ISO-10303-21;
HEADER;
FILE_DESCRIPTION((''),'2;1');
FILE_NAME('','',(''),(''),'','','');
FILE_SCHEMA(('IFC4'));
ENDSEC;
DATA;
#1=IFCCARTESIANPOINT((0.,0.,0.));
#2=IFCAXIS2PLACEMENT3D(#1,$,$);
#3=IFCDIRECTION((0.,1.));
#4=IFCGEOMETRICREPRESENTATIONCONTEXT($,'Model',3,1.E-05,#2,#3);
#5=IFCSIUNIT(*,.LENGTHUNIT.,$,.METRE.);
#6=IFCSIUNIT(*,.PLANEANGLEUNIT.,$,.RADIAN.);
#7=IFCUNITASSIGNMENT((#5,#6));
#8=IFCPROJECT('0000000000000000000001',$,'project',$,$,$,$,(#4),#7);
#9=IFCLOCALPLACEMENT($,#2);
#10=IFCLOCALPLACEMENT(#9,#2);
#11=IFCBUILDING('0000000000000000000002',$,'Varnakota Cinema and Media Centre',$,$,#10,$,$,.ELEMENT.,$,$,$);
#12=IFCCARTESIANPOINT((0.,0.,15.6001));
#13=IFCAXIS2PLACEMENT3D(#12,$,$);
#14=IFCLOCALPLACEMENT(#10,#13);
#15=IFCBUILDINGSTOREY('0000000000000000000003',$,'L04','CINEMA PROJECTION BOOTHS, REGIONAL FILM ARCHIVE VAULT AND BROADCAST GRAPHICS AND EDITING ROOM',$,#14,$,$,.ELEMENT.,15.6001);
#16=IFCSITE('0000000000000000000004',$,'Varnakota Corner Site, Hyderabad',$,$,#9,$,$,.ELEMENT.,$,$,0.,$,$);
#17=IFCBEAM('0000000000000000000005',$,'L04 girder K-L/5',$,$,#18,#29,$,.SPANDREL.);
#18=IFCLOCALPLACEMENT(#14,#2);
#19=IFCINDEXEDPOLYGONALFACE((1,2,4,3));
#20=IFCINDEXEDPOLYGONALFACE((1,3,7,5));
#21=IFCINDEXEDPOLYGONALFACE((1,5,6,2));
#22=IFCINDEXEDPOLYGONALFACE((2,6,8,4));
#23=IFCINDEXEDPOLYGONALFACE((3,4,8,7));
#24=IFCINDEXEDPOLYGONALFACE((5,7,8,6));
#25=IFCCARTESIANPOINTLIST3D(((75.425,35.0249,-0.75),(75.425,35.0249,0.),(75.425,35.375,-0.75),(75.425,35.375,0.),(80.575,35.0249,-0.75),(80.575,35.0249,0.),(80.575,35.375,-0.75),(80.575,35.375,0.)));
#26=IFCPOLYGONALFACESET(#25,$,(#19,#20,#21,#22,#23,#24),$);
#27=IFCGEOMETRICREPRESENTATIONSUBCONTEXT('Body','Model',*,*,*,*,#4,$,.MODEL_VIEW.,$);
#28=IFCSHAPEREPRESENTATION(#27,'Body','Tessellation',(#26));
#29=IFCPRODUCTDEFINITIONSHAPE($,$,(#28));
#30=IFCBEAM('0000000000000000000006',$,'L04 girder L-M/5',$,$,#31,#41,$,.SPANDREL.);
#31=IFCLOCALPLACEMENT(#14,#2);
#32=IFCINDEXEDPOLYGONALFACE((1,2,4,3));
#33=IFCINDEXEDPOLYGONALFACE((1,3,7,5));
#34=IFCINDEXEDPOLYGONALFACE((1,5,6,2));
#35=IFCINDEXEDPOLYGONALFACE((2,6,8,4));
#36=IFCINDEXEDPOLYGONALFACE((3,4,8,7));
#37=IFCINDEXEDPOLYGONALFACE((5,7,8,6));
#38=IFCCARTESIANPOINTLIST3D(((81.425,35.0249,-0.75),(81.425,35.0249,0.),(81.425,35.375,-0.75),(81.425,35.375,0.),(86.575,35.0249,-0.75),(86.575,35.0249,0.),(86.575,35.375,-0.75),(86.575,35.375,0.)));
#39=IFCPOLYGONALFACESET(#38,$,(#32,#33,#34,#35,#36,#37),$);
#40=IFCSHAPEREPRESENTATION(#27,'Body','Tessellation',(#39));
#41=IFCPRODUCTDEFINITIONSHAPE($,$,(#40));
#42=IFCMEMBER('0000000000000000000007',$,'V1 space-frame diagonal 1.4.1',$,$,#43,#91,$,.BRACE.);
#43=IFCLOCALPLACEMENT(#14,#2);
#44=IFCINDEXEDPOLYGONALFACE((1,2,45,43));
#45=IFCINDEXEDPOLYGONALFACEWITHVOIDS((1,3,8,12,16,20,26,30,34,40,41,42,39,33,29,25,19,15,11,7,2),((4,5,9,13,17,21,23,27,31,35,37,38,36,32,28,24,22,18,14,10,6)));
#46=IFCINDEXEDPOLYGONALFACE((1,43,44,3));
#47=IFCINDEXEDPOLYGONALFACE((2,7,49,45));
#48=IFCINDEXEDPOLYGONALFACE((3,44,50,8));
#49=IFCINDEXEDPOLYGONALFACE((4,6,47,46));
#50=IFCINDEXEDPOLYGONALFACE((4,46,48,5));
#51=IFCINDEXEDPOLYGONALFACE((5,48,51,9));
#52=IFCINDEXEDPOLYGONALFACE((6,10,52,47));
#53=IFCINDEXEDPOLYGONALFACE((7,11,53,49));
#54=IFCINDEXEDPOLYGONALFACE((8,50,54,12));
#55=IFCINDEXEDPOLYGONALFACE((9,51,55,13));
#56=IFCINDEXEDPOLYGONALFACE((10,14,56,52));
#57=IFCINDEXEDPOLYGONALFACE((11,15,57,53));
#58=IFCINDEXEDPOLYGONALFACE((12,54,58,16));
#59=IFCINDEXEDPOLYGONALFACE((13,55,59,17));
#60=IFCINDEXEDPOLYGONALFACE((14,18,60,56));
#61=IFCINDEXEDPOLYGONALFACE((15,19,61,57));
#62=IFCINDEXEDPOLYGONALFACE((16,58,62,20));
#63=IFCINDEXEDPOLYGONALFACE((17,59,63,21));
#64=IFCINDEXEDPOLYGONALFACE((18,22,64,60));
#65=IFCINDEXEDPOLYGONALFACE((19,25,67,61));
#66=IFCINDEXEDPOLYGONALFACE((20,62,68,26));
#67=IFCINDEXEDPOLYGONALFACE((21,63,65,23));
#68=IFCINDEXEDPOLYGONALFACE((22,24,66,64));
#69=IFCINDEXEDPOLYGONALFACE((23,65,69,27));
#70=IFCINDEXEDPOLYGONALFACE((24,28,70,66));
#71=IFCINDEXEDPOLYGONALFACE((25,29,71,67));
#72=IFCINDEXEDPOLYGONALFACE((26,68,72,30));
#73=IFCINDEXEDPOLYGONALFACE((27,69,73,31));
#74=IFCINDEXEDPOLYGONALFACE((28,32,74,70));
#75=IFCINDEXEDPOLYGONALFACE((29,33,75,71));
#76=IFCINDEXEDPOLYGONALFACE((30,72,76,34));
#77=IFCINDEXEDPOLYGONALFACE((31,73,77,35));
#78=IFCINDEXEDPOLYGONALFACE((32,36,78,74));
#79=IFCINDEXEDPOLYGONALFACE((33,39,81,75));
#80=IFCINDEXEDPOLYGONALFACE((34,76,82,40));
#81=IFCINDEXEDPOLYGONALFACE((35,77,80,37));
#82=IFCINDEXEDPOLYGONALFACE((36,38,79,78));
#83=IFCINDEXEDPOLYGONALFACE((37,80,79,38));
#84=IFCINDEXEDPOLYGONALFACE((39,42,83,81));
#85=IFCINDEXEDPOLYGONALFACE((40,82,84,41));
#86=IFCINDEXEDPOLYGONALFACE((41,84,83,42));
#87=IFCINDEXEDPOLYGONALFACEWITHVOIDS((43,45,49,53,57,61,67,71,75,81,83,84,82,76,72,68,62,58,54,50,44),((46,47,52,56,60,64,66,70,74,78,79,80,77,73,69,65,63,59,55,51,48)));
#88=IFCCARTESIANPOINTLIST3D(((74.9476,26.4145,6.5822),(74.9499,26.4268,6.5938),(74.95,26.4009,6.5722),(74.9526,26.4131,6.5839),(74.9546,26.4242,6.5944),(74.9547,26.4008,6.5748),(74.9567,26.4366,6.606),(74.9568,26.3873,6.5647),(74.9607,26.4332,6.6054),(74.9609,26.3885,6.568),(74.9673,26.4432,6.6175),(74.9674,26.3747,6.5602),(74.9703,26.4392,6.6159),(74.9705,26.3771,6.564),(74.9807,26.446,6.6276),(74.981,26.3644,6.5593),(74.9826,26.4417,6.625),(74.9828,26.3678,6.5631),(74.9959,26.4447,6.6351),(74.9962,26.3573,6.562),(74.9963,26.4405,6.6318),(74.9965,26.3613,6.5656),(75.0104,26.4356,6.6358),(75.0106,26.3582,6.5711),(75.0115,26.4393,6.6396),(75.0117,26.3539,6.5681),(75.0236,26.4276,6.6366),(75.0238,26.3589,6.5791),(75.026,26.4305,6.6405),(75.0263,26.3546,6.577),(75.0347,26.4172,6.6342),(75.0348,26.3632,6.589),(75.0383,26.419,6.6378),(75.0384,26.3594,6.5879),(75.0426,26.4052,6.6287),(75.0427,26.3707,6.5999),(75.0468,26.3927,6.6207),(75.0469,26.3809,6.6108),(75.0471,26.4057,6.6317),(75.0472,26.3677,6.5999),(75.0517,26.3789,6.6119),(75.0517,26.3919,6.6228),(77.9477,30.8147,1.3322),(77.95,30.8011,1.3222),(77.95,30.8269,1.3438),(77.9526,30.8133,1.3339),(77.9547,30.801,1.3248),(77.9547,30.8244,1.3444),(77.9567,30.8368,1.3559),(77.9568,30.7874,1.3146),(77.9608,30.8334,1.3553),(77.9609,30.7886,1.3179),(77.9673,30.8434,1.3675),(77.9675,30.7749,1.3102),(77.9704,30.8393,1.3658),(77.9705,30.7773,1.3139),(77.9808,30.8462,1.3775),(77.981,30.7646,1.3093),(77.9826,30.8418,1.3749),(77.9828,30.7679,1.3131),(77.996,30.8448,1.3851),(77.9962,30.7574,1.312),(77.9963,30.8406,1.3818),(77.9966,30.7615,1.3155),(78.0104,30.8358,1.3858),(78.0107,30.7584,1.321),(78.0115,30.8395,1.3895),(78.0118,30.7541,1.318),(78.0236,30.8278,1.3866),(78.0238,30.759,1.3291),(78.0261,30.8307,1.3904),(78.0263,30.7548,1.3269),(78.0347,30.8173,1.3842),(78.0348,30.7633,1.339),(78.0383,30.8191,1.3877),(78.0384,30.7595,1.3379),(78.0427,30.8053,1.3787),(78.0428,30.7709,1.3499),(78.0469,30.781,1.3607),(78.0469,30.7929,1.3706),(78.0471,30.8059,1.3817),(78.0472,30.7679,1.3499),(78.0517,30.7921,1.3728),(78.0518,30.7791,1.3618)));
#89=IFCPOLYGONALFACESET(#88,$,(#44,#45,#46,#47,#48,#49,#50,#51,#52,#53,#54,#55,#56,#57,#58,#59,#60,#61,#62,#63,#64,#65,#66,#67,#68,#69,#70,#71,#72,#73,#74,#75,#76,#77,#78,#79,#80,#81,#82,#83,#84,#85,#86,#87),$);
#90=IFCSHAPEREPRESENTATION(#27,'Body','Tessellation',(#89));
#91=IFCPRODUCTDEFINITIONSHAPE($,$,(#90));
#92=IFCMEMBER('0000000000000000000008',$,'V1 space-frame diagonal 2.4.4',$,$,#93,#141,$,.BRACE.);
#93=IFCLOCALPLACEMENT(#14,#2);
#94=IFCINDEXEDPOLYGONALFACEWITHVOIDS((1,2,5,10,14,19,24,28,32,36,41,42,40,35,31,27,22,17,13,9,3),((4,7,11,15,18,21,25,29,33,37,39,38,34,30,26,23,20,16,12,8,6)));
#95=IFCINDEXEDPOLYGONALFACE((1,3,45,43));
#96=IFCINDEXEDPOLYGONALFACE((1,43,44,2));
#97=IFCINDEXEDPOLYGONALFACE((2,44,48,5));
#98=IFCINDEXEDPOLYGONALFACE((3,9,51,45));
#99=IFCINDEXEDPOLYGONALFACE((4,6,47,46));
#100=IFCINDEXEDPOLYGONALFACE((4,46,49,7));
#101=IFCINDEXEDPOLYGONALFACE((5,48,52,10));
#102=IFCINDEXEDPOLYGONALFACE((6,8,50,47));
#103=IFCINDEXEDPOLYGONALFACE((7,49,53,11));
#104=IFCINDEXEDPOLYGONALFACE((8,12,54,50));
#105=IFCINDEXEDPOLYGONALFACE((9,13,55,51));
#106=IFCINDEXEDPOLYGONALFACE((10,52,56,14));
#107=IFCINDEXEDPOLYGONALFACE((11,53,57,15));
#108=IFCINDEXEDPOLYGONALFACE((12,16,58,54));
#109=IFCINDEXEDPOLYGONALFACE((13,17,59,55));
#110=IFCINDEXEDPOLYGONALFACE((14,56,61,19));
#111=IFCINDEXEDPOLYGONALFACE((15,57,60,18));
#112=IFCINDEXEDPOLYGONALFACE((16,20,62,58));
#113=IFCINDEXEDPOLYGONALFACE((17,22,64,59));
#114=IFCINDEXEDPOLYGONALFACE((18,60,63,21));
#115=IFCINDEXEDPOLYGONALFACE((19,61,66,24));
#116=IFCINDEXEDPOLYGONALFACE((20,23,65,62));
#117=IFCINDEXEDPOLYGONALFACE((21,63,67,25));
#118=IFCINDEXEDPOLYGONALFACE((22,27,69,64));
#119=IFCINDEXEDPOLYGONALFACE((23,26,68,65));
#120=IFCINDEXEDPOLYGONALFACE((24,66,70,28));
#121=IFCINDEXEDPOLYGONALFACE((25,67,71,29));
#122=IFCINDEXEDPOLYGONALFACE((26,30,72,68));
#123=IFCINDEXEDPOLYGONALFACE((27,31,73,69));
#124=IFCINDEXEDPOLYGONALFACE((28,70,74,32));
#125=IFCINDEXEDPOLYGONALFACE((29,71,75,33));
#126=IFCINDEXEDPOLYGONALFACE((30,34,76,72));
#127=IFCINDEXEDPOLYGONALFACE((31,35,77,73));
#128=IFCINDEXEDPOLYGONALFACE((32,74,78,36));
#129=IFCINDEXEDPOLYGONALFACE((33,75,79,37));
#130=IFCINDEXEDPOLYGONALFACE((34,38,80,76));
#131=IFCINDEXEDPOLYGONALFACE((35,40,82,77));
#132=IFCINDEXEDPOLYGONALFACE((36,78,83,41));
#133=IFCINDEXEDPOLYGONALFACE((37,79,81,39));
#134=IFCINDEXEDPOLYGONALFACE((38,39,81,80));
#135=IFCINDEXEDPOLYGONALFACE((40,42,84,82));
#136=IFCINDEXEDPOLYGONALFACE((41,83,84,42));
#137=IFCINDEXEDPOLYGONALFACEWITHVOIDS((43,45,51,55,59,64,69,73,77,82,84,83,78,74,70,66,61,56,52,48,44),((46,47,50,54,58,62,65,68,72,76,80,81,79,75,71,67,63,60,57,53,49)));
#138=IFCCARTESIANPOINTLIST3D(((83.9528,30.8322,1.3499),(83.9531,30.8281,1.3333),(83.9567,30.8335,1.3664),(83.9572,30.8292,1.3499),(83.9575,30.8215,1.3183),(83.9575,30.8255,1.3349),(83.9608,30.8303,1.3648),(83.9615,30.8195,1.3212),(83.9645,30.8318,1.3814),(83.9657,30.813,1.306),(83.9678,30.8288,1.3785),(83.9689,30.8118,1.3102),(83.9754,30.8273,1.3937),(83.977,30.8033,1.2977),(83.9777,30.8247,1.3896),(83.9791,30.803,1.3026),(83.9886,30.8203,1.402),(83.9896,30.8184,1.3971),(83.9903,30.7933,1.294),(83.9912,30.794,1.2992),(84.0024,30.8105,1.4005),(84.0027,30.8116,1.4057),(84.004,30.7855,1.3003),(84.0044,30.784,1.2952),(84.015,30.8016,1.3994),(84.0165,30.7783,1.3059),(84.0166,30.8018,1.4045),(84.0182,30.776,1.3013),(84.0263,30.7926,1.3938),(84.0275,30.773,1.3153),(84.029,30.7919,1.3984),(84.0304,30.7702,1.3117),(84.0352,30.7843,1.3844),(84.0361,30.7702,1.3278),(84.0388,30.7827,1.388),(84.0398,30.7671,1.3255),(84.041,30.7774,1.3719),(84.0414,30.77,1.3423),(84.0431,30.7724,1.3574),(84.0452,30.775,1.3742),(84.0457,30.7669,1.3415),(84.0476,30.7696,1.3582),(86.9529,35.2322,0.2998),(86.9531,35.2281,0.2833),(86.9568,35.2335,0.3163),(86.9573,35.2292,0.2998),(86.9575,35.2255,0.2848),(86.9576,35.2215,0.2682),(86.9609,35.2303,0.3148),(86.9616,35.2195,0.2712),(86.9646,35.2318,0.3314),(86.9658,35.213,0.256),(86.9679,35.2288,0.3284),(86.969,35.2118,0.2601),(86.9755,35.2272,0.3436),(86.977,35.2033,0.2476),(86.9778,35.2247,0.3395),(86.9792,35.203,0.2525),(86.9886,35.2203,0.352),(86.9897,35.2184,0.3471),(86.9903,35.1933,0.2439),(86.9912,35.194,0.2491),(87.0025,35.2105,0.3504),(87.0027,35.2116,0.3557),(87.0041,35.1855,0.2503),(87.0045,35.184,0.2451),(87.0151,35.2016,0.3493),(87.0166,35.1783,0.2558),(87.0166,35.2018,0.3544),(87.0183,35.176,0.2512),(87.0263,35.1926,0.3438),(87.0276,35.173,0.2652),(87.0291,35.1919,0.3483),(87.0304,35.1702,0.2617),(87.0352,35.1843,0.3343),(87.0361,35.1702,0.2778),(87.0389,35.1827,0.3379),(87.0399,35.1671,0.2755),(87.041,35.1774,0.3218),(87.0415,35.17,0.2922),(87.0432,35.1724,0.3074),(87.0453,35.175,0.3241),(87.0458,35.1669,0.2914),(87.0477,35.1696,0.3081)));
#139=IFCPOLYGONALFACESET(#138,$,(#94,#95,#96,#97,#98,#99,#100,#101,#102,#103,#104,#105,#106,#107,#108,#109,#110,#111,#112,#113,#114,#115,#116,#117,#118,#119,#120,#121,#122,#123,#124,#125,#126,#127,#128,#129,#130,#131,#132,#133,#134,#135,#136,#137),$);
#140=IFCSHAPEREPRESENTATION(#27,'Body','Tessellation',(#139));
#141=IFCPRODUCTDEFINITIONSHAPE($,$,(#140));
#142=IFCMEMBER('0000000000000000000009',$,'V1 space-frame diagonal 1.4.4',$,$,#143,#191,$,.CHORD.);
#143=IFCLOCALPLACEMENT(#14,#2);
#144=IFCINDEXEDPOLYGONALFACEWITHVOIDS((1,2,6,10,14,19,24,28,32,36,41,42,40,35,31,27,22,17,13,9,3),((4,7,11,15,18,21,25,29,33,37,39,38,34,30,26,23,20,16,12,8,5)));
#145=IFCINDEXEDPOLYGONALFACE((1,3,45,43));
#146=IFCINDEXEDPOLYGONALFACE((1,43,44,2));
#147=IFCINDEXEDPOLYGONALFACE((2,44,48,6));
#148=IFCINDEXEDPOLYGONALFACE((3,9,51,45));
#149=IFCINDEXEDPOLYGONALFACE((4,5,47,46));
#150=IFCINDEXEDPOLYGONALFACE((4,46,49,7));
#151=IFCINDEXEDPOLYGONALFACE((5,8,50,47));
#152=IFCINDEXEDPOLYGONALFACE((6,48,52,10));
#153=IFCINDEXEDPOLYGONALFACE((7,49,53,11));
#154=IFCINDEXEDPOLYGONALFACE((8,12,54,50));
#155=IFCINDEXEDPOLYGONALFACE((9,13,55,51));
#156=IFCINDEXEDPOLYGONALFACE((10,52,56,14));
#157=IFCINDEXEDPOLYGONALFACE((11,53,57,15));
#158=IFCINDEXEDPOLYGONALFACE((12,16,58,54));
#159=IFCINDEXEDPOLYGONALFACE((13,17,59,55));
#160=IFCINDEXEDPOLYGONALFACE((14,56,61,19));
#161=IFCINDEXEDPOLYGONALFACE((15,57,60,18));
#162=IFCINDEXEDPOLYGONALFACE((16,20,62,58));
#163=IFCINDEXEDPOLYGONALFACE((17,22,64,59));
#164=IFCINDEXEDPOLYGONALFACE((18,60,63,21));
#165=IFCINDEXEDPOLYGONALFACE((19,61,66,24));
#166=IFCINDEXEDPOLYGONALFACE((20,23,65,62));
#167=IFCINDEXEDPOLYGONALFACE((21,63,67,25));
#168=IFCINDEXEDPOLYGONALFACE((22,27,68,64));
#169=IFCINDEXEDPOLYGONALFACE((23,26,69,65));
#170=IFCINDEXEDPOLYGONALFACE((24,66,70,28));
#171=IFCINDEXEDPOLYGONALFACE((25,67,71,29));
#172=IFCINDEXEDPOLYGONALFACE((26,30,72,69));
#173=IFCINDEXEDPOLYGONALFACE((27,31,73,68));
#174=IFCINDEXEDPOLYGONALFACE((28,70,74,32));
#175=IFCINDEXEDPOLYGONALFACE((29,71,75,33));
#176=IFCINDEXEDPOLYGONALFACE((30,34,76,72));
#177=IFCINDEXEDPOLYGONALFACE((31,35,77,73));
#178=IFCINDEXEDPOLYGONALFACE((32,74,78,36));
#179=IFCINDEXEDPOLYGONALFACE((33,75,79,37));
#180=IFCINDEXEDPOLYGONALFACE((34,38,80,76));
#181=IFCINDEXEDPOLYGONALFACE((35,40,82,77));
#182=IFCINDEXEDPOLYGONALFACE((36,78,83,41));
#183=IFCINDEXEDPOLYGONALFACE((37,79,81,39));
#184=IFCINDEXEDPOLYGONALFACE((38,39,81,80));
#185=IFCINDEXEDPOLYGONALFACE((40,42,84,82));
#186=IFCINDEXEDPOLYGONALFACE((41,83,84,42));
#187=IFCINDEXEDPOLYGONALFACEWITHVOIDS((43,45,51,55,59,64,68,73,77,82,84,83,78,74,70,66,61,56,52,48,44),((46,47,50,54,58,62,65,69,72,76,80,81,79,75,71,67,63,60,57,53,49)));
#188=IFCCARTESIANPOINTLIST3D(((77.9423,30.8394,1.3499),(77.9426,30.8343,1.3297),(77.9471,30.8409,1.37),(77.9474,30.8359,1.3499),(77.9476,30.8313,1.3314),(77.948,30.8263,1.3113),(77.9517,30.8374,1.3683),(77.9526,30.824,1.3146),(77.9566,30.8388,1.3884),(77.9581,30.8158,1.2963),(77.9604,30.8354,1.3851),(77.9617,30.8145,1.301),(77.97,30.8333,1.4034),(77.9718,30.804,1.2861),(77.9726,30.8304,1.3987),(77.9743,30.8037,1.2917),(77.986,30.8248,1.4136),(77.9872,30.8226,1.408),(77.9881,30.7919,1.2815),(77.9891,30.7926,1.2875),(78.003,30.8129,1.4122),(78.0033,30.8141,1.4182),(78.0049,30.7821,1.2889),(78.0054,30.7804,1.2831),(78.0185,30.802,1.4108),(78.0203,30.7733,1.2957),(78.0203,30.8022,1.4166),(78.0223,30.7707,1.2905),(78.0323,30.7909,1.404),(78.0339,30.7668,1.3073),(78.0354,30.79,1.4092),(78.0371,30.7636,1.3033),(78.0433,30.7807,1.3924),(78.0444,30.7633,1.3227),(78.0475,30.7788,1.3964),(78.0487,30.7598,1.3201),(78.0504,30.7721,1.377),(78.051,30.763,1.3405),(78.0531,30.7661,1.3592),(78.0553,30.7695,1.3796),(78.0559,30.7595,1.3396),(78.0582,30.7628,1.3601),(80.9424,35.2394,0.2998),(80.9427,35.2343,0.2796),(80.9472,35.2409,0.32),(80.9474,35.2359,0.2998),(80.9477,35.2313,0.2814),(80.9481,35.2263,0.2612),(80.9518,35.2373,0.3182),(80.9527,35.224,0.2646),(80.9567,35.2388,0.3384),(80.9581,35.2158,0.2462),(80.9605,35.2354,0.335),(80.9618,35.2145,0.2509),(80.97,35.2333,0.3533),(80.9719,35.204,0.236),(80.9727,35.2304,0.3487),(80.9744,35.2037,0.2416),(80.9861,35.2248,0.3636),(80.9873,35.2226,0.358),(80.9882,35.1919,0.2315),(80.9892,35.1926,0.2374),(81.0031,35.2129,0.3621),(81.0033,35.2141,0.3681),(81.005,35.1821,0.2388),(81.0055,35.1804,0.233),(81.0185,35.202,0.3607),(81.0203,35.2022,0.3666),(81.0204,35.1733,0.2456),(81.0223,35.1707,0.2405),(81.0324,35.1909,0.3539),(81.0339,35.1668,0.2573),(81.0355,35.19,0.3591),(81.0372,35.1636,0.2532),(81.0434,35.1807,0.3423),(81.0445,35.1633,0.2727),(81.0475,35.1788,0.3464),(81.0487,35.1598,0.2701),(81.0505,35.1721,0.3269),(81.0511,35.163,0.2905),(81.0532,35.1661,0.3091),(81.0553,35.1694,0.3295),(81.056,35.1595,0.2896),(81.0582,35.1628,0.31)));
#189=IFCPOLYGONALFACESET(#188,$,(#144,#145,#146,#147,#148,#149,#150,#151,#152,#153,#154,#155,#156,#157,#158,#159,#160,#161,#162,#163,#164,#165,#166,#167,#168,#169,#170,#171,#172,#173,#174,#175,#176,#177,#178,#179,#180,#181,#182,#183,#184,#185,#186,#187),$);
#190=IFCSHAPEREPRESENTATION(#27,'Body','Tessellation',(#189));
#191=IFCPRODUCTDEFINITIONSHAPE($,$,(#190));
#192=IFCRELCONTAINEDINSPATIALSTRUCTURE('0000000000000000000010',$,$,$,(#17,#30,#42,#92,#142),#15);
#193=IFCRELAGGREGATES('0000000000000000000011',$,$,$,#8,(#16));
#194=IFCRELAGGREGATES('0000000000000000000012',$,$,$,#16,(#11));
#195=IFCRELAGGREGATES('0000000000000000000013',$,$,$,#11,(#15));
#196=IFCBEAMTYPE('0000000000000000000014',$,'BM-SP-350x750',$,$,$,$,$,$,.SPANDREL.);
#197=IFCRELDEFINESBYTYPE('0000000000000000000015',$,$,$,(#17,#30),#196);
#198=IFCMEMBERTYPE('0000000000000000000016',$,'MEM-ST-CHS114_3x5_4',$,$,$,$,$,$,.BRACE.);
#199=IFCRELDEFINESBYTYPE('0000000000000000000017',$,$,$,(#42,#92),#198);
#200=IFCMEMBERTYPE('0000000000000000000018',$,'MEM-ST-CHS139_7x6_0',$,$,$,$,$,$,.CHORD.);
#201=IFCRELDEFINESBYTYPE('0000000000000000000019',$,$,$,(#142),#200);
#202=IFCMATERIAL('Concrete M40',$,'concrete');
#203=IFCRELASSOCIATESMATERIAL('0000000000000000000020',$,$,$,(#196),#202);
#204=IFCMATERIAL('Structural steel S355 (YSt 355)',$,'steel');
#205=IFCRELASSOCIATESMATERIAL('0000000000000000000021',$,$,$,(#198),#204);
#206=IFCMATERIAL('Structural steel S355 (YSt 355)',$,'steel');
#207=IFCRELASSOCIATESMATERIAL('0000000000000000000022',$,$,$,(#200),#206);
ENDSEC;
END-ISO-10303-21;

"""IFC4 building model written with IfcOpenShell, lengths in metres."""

from ifc_helpers import new_model, si_unit, direction, frame, origin, origin_2d, place, context, subcontext, project, spatial, rectangle, hollow_circle, extrude, material, material_profile, profile_set, type_object, element, save


model = new_model("IFC4")

# Units and contexts
model_context = context("Model", 3, precision=1e-05, world=origin(), true_north=direction((0.0, 1.0)))
body_context = subcontext(model_context, "Body", "Model", "MODEL_VIEW")
ifc_project = project(units=[si_unit("LENGTHUNIT", "METRE"), si_unit("PLANEANGLEUNIT", "RADIAN")], contexts=[model_context])

# Site, building, storey
site_placement = place(None, origin())
site = spatial("IfcSite", under=ifc_project, at=site_placement, Name="Varnakota Corner Site, Hyderabad", CompositionType="ELEMENT", RefElevation=0.0)
building_placement = place(site_placement, origin())
building = spatial("IfcBuilding", under=site, at=building_placement, Name="Varnakota Cinema and Media Centre", CompositionType="ELEMENT")
storey_placement = place(building_placement, frame((0.0, 0.0, 15.6001)))
storey = spatial("IfcBuildingStorey", under=building, at=storey_placement, Name="L04", Description="CINEMA PROJECTION BOOTHS, REGIONAL FILM ARCHIVE VAULT AND BROADCAST GRAPHICS AND EDITING ROOM", CompositionType="ELEMENT", Elevation=15.6001)

# Beams
ifc_material_1 = material(Name="Concrete M40", Category="concrete")
ifc_material_profile_1 = material_profile(ifc_material_1, rectangle(XDim=0.3501, YDim=0.75, at=origin_2d()), Name="RCB 350x750")
ifc_profile_set_1 = profile_set([ifc_material_profile_1], Name="Concrete M40")
beam_type = type_object("IfcBeamType", Name="BM-SP-350x750", PredefinedType="SPANDREL", material=ifc_profile_set_1)
for number, where, z_axis, x_axis, name in (
    (1, (75.425, 35.2, -0.375), (1.0, 0.0, 0.0), (0.0, 1.0, 0.0), "L04 girder K-L/5"),
    (2, (81.425, 35.2, -0.375), (1.0, 0.0, 0.0), (0.0, 1.0, 0.0), "L04 girder L-M/5"),
):
    element("IfcBeam", number, at=place(storey_placement, frame(where, z_axis=z_axis, x_axis=x_axis)), inside=storey, type_object=beam_type, Name=name, PredefinedType="SPANDREL", context=body_context, shape_type="SweptSolid", body=[
        extrude(rectangle(XDim=0.3501, YDim=0.75, at=origin_2d()), origin(), (0.0, 0.0, 1.0), 5.1499),
    ])

# Members
ifc_material_2 = material(Name="Structural steel S355 (YSt 355)", Category="steel")
ifc_material_profile_2 = material_profile(ifc_material_2, hollow_circle(Radius=0.0571, WallThickness=0.0054, at=origin_2d()), Name="CHS 114.3x5.4")
ifc_profile_set_2 = profile_set([ifc_material_profile_2], Name="Structural steel S355 (YSt 355)")
member_type_1 = type_object("IfcMemberType", Name="MEM-ST-CHS114_3x5_4", PredefinedType="BRACE", material=ifc_profile_set_2)
member_1_placement = place(storey_placement, frame((78.0, 30.8, 1.3499), z_axis=(-0.401165, -0.588395, 0.702039), x_axis=(0.826236, -0.563324, 0.0)))
element("IfcMember", 3, at=member_1_placement, inside=storey, type_object=member_type_1, Name="V1 space-frame diagonal 1.4.1", PredefinedType="BRACE", context=body_context, shape_type="SweptSolid", body=[
    extrude(hollow_circle(Radius=0.0571, WallThickness=0.0054, at=origin_2d()), origin(), (0.0, 0.0, 1.0), 7.4783),
])
member_2_placement = place(storey_placement, frame((84.0, 30.8, 1.3499), z_axis=(0.552703, 0.810613, -0.193455), x_axis=(-0.826222, 0.563345, 0.0)))
element("IfcMember", 4, at=member_2_placement, inside=storey, type_object=member_type_1, Name="V1 space-frame diagonal 2.4.4", PredefinedType="BRACE", context=body_context, shape_type="SweptSolid", body=[
    extrude(hollow_circle(Radius=0.0571, WallThickness=0.0054, at=origin_2d()), origin(), (0.0, 0.0, 1.0), 5.428),
])
ifc_material_3 = material(Name="Structural steel S355 (YSt 355)", Category="steel")
ifc_material_profile_3 = material_profile(ifc_material_3, hollow_circle(Radius=0.0698, WallThickness=0.0061, at=origin_2d()), Name="CHS 139.7x6.0")
ifc_profile_set_3 = profile_set([ifc_material_profile_3], Name="Structural steel S355 (YSt 355)")
member_type_2 = type_object("IfcMemberType", Name="MEM-ST-CHS139_7x6_0", PredefinedType="CHORD", material=ifc_profile_set_3)
for number, where, z_axis, x_axis, name in (
    (5, (78.0, 30.8, 1.3499), (0.552703, 0.810613, -0.193455), (-0.826222, 0.563345, 0.0), "V1 space-frame diagonal 1.4.4"),
):
    element("IfcMember", number, at=place(storey_placement, frame(where, z_axis=z_axis, x_axis=x_axis)), inside=storey, type_object=member_type_2, Name=name, PredefinedType="CHORD", context=body_context, shape_type="SweptSolid", body=[
        extrude(hollow_circle(Radius=0.0698, WallThickness=0.0061, at=origin_2d()), origin(), (0.0, 0.0, 1.0), 5.428),
    ])

save(model, "model.ifc")
